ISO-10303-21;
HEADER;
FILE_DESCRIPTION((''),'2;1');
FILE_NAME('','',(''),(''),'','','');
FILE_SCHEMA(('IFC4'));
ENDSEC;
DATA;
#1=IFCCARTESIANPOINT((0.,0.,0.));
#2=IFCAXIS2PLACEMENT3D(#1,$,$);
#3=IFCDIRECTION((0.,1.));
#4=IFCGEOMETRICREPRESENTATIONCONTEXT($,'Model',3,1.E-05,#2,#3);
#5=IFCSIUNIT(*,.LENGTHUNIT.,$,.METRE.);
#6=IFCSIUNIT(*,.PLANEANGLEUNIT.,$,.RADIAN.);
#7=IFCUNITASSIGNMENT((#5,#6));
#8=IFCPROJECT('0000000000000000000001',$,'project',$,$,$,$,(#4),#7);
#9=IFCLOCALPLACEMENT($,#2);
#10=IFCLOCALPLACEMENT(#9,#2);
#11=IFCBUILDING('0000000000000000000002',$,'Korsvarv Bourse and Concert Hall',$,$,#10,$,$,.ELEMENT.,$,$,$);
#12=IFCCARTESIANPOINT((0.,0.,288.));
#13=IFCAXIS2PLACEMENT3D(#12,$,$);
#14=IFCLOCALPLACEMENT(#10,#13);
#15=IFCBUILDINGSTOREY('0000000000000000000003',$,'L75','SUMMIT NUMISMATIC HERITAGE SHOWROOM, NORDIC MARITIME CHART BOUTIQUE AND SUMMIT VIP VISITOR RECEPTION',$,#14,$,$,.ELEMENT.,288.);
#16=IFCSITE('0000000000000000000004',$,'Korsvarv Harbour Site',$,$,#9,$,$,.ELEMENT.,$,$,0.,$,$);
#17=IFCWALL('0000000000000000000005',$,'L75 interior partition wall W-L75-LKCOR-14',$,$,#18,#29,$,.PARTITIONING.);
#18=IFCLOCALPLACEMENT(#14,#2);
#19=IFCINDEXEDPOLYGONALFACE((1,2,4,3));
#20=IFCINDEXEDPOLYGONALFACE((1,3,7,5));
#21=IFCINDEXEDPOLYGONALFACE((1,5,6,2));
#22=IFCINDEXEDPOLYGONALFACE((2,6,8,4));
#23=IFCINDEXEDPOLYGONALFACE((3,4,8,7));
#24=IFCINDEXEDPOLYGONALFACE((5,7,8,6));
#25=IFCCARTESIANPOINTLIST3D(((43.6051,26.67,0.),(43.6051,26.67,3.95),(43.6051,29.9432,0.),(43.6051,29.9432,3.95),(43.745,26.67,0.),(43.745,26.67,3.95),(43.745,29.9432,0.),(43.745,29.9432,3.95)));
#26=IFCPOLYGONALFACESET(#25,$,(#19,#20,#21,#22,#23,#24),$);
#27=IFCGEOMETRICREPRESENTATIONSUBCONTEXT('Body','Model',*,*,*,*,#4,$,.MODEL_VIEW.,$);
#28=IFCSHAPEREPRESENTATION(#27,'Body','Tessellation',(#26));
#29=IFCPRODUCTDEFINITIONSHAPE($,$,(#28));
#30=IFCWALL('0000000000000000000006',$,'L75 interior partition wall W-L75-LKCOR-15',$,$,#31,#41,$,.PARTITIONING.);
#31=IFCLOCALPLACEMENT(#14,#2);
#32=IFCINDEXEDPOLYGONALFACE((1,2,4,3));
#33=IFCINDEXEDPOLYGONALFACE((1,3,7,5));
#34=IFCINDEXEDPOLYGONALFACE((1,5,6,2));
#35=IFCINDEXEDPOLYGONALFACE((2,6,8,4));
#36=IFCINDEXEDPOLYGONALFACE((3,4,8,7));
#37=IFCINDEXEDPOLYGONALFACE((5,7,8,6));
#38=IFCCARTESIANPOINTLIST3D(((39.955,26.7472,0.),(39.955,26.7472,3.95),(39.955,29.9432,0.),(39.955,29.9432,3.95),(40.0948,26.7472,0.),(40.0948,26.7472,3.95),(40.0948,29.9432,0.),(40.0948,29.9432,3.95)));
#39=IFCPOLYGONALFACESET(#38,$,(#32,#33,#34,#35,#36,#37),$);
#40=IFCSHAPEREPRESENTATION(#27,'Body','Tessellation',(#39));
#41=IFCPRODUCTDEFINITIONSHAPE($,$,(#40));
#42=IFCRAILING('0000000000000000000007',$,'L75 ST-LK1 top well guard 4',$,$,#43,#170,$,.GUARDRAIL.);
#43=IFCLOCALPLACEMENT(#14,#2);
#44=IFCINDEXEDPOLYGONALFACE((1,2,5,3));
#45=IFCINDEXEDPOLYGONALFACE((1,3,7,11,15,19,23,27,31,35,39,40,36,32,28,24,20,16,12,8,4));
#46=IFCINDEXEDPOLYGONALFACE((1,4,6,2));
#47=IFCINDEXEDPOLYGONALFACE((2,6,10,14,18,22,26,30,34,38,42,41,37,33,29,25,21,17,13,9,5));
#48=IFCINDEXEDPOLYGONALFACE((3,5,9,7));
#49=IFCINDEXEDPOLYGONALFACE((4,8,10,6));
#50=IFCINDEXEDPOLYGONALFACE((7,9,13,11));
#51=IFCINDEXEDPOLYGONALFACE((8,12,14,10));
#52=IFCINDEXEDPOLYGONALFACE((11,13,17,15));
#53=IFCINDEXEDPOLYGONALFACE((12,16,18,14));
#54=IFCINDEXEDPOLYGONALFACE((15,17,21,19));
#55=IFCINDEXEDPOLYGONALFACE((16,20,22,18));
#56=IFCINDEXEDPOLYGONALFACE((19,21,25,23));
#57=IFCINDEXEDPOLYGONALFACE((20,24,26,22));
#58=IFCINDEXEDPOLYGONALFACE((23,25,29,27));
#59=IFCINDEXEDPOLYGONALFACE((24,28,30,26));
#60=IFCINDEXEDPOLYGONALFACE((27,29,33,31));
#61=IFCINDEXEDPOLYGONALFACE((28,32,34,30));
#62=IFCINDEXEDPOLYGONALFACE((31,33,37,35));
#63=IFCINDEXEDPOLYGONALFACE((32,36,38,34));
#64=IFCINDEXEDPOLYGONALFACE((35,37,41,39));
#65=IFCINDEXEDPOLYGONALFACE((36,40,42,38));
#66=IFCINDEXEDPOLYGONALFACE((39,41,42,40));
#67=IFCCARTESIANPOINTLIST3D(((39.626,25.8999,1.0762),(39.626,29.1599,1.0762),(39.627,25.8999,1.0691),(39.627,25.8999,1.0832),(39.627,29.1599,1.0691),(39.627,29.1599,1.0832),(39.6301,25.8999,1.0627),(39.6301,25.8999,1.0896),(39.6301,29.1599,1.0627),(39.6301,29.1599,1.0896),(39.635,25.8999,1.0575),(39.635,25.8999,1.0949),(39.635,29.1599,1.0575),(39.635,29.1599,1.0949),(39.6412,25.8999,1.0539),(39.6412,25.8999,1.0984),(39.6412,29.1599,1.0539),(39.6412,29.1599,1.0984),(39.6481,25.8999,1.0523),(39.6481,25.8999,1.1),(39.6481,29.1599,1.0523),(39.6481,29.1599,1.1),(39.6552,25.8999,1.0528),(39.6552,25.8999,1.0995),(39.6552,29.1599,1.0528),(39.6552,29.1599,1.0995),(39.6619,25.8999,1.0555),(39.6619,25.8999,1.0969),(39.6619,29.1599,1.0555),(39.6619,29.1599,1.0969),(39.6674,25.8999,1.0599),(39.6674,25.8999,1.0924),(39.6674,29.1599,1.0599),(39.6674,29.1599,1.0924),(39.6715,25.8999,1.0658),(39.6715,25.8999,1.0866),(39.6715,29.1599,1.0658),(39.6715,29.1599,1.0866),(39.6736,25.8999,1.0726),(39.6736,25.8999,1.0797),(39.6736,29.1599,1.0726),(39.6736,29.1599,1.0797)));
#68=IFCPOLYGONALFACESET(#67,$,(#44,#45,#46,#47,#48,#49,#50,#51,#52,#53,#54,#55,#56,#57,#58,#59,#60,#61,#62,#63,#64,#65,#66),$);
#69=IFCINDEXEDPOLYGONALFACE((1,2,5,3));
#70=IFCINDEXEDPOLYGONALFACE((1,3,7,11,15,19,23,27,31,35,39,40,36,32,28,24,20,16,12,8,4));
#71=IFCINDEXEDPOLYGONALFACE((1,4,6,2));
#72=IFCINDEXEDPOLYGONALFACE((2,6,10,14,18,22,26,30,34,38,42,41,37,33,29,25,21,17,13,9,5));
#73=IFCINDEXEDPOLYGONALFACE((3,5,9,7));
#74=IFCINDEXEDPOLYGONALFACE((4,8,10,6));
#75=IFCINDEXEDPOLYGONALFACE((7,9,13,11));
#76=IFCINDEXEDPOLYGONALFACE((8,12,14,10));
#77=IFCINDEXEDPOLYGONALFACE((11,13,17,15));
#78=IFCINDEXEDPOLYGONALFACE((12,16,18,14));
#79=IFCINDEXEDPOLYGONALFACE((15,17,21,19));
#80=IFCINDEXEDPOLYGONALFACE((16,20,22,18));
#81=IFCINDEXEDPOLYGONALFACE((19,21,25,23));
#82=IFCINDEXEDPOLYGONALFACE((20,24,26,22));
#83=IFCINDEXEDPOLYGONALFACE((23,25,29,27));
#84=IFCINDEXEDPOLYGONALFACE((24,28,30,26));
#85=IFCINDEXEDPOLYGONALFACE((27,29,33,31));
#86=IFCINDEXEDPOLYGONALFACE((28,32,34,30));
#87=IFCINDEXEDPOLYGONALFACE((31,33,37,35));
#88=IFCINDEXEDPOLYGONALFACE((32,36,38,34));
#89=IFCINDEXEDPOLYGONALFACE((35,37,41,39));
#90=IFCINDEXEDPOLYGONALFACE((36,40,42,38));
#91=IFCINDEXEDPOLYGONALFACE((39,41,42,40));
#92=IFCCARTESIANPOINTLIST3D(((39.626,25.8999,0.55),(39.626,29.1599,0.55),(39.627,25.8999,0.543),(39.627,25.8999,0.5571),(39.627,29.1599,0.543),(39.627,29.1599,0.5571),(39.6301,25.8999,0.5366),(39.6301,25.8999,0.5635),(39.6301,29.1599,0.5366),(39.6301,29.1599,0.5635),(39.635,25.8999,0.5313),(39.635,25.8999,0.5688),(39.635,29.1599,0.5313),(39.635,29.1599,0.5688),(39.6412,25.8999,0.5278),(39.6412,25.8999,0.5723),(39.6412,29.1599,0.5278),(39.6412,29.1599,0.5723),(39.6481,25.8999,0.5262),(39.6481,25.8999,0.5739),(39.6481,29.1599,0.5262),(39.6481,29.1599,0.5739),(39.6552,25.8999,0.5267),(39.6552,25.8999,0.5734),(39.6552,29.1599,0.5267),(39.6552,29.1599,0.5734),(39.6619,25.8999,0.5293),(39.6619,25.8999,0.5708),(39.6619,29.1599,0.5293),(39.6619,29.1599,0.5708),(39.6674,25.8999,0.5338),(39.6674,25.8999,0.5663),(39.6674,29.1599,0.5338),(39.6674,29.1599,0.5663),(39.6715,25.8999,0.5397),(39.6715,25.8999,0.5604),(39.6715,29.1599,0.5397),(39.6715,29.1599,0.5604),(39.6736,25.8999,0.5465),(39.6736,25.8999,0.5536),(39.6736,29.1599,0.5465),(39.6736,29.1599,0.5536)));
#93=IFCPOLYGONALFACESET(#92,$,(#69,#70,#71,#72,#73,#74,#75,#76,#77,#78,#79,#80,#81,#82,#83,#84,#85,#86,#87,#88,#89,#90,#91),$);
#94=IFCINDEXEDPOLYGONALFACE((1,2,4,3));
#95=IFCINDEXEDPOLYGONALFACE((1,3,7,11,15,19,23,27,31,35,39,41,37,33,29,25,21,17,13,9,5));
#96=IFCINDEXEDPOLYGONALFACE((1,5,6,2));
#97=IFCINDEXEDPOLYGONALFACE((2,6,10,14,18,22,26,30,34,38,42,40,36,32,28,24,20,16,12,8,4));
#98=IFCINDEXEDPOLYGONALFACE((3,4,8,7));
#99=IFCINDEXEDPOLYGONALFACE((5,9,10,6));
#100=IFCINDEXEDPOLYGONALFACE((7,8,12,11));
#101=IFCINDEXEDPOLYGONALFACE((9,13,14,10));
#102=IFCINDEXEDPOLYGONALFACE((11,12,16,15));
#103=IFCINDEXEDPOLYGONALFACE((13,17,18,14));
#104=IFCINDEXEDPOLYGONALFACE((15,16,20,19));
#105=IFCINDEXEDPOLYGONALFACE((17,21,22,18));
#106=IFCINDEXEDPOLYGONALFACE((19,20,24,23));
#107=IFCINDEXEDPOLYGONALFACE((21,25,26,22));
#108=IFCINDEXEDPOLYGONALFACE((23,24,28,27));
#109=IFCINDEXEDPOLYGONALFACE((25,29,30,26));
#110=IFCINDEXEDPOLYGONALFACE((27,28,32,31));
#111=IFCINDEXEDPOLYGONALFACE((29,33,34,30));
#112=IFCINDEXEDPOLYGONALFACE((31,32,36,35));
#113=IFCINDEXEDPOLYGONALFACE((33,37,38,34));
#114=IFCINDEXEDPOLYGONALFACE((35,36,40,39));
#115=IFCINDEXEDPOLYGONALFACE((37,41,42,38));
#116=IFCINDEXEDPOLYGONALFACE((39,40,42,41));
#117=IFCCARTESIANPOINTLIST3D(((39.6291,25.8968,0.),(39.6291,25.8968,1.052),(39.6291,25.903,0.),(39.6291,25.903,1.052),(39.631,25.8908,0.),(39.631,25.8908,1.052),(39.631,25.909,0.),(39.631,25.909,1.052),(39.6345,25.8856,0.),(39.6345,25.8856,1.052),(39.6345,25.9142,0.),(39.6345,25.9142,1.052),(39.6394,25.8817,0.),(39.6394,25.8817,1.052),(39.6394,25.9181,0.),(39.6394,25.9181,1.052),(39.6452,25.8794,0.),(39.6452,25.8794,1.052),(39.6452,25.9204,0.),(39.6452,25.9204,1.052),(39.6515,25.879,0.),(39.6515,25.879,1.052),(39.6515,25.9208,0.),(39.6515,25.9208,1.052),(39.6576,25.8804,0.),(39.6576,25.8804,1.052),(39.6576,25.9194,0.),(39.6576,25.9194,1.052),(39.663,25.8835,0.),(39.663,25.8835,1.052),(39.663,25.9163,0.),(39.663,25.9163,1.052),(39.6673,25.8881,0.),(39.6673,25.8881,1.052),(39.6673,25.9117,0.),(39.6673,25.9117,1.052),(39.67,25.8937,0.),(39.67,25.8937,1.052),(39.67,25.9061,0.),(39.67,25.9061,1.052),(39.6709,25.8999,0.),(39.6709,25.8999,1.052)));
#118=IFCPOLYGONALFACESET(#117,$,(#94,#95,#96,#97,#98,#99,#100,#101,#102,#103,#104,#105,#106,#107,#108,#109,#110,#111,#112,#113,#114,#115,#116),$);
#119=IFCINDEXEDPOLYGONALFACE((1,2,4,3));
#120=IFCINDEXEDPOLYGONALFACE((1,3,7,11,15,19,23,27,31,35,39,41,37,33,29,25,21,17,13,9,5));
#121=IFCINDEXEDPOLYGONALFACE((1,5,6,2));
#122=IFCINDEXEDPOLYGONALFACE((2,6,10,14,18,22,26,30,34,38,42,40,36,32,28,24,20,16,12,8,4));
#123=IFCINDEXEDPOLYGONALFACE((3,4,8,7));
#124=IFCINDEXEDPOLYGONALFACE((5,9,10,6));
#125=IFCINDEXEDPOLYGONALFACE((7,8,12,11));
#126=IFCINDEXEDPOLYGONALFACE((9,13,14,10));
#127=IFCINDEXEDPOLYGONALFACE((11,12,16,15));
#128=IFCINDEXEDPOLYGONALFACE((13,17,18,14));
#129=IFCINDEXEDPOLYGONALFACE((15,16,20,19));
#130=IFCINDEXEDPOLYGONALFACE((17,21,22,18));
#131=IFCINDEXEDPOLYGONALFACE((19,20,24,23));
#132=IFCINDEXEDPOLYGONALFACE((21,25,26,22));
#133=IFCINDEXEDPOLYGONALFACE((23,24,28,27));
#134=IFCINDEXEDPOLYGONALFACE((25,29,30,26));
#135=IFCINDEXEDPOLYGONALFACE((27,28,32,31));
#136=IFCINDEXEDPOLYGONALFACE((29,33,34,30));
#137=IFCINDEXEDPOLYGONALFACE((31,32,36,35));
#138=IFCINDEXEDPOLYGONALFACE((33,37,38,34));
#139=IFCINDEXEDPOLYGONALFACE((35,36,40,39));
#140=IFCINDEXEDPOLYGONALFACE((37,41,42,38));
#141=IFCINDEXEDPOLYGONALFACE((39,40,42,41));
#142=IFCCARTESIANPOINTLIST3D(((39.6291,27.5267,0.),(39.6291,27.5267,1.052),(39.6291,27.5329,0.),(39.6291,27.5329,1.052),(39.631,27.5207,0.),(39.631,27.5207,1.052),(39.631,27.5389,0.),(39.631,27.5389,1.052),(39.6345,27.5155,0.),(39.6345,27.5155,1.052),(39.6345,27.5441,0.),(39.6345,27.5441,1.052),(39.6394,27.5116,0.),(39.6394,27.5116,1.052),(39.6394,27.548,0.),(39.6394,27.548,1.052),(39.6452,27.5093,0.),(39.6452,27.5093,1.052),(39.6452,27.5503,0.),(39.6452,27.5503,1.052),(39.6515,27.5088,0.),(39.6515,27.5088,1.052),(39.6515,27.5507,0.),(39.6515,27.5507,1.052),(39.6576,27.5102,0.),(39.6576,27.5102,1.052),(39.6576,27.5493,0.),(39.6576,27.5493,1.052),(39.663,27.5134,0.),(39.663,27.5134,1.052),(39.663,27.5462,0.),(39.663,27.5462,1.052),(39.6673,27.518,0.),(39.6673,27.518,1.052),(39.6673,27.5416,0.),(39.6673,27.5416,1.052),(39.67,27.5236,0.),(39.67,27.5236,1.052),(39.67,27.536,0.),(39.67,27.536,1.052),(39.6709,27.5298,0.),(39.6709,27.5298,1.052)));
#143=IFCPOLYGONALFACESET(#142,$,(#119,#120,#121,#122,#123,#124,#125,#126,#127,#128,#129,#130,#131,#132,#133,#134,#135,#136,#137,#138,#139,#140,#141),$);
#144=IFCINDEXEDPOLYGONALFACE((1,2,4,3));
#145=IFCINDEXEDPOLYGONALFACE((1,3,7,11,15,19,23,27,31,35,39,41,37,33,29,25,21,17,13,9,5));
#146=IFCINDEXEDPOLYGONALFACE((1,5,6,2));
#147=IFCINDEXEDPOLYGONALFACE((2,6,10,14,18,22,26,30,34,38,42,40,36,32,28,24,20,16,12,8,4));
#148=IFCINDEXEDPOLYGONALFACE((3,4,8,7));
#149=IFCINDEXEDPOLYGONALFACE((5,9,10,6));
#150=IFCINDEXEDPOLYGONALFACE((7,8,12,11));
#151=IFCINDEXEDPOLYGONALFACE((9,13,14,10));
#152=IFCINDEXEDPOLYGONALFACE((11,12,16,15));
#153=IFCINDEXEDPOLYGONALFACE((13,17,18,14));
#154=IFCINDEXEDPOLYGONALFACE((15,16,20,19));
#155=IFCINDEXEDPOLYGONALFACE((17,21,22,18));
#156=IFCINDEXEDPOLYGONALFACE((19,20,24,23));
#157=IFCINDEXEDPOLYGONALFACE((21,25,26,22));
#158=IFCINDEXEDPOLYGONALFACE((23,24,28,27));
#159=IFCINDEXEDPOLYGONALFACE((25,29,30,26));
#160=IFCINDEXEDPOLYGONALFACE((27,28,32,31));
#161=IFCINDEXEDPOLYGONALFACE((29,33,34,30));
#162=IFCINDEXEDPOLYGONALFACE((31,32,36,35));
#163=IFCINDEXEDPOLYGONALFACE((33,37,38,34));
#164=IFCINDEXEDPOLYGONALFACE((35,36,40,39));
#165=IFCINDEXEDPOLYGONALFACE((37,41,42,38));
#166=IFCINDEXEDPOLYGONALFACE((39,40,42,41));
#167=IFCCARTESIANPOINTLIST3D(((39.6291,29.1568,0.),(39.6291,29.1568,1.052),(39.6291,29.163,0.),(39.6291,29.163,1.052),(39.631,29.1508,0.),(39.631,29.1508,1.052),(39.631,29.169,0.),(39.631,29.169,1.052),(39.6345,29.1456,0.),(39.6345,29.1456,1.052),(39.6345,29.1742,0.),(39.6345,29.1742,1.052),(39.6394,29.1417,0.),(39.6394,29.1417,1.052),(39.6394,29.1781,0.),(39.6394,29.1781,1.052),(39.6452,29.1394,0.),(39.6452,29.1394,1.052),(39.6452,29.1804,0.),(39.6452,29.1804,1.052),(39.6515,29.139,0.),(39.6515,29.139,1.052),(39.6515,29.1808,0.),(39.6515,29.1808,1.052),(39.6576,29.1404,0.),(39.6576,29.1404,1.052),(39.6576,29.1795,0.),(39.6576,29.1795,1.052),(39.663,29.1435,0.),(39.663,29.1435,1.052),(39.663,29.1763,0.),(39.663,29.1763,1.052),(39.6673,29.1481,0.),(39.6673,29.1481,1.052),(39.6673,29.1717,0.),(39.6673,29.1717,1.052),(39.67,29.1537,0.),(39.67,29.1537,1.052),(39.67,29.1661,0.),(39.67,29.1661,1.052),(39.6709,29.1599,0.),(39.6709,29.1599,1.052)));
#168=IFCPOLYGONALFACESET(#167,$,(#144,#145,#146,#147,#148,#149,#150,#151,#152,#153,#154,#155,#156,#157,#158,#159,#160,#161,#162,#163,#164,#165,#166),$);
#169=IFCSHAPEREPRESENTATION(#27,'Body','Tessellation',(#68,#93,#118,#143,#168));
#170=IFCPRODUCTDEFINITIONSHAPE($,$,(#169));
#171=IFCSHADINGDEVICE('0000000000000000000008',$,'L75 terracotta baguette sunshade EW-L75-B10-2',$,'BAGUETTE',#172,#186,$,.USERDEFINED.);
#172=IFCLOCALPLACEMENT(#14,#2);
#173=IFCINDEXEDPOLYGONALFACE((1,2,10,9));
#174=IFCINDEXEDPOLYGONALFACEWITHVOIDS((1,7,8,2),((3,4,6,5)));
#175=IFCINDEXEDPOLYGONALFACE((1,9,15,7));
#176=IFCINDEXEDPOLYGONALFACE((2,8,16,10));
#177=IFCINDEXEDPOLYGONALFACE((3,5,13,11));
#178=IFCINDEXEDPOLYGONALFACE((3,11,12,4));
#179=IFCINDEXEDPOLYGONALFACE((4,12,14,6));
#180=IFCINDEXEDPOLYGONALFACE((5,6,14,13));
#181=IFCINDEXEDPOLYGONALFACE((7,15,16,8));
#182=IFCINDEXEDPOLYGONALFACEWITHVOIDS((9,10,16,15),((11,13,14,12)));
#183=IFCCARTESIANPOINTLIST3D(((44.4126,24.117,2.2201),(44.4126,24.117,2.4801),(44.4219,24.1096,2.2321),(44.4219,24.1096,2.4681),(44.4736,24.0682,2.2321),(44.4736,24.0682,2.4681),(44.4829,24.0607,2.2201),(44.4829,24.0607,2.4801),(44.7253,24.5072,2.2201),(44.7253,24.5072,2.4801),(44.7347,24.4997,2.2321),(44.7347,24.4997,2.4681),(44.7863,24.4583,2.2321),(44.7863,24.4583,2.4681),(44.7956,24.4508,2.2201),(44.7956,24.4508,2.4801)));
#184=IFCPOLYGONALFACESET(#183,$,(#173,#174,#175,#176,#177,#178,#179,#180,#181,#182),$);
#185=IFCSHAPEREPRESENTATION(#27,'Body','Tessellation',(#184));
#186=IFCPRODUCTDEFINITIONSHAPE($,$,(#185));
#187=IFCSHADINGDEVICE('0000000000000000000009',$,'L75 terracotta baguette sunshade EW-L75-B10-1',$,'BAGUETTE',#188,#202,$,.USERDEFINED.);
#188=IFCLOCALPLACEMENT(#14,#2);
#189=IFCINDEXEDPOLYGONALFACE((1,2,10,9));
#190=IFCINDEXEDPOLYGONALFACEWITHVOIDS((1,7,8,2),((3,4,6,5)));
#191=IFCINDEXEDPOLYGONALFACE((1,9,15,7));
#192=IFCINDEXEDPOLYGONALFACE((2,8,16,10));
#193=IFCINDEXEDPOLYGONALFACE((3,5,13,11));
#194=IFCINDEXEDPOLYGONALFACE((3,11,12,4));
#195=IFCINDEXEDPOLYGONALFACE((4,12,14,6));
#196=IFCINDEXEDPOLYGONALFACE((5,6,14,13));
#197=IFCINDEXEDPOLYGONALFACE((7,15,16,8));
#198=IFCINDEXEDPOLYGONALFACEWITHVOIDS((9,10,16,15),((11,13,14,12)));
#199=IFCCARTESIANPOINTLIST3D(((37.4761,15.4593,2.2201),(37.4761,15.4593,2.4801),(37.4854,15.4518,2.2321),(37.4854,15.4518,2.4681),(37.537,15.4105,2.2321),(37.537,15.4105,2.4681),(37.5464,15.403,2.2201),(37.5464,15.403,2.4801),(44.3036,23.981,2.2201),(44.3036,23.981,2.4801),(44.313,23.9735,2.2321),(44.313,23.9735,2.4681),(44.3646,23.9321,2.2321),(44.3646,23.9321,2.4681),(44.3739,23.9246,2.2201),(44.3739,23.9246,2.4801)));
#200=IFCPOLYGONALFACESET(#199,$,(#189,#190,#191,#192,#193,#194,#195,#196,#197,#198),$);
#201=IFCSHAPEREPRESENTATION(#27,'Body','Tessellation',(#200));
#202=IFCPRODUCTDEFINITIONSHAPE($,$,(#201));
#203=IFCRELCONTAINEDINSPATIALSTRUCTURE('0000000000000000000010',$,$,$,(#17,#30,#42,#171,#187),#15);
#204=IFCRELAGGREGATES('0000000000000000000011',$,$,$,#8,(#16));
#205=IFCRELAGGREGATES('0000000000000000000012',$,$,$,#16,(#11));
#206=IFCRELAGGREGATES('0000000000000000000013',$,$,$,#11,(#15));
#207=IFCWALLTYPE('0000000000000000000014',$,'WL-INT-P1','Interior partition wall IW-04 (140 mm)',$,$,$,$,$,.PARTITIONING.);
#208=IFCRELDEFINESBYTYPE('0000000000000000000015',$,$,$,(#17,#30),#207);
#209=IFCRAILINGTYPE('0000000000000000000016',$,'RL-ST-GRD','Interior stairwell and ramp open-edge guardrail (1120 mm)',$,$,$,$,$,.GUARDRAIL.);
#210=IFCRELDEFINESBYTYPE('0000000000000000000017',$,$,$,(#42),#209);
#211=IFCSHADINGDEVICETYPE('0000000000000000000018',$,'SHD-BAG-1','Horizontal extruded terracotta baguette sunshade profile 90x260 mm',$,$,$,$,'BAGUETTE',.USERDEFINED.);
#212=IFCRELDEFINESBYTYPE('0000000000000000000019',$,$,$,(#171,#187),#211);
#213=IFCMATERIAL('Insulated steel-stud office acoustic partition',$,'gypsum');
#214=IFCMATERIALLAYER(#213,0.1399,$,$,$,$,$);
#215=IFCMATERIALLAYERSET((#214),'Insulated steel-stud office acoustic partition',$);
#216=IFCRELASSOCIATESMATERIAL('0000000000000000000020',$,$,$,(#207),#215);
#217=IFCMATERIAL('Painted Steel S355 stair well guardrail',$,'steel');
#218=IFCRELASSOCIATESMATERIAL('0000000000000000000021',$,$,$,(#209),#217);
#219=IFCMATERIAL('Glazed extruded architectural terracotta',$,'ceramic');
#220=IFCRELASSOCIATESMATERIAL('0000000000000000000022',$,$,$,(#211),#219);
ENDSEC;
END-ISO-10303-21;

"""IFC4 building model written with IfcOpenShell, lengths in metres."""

from ifc_helpers import new_model, si_unit, direction, frame, frame_2d, origin, origin_2d, place, context, subcontext, project, spatial, rectangle, hollow_rectangle, circle, extrude, source, transform, mapped, material, layer, layer_set, material_profile, profile_set, type_object, element, save


model = new_model("IFC4")

# Units and contexts
model_context = context("Model", 3, precision=1e-05, world=origin(), true_north=direction((0.0, 1.0)))
body_context = subcontext(model_context, "Body", "Model", "MODEL_VIEW")
ifc_project = project(units=[si_unit("LENGTHUNIT", "METRE"), si_unit("PLANEANGLEUNIT", "RADIAN")], contexts=[model_context])

# Site, building, storey
site_placement = place(None, origin())
site = spatial("IfcSite", under=ifc_project, at=site_placement, Name="Korsvarv Harbour Site", CompositionType="ELEMENT", RefElevation=0.0)
building_placement = place(site_placement, origin())
building = spatial("IfcBuilding", under=site, at=building_placement, Name="Korsvarv Bourse and Concert Hall", CompositionType="ELEMENT")
storey_placement = place(building_placement, frame((0.0, 0.0, 288.0)))
storey = spatial("IfcBuildingStorey", under=building, at=storey_placement, Name="L75", Description="SUMMIT NUMISMATIC HERITAGE SHOWROOM, NORDIC MARITIME CHART BOUTIQUE AND SUMMIT VIP VISITOR RECEPTION", CompositionType="ELEMENT", Elevation=288.0)

# Walls
ifc_material_1 = material(Name="Insulated steel-stud office acoustic partition", Category="gypsum")
ifc_layer_1 = layer(ifc_material_1, 0.1399)
ifc_layer_set_1 = layer_set([ifc_layer_1], Name="Insulated steel-stud office acoustic partition")
wall_type_1 = type_object("IfcWallType", Name="WL-INT-P1", Description="Interior partition wall IW-04 (140 mm)", PredefinedType="PARTITIONING", material=ifc_layer_set_1)
wall_1_placement = place(storey_placement, frame((43.675, 26.6699, 0.0), z_axis=(0.0, 0.0, 1.0), x_axis=(0.0, 1.0, 0.0)))
element("IfcWall", 1, at=wall_1_placement, inside=storey, type_object=wall_type_1, Name="L75 interior partition wall W-L75-LKCOR-14", PredefinedType="PARTITIONING", context=body_context, shape_type="SweptSolid", body=[
    extrude(rectangle(XDim=3.2732, YDim=0.1399, at=frame_2d((1.6367, 0.0))), origin(), (0.0, 0.0, 1.0), 3.95),
])
wall_2_placement = place(storey_placement, frame((40.0249, 26.7471, 0.0), z_axis=(0.0, 0.0, 1.0), x_axis=(0.0, 1.0, 0.0)))
element("IfcWall", 2, at=wall_2_placement, inside=storey, type_object=wall_type_1, Name="L75 interior partition wall W-L75-LKCOR-15", PredefinedType="PARTITIONING", context=body_context, shape_type="SweptSolid", body=[
    extrude(rectangle(XDim=3.196, YDim=0.1399, at=frame_2d((1.5981, 0.0))), origin(), (0.0, 0.0, 1.0), 3.95),
])

# Railing
ifc_material_2 = material(Name="Painted Steel S355 stair well guardrail", Category="steel")
railing_type_1 = type_object("IfcRailingType", Name="RL-ST-GRD", Description="Interior stairwell and ramp open-edge guardrail (1120 mm)", PredefinedType="GUARDRAIL", material=ifc_material_2)
railing_1_placement = place(storey_placement, frame((39.6499, 25.8999, 0.0)))
element("IfcRailing", 3, at=railing_1_placement, inside=storey, type_object=railing_type_1, Name="L75 ST-LK1 top well guard 4", PredefinedType="GUARDRAIL", context=body_context, shape_type="SweptSolid", body=[
    extrude(circle(Radius=0.0239, at=origin_2d()), frame((0.0, 0.0, 1.0762), z_axis=(0.0, 1.0, 0.0), x_axis=(-1.0, 0.0, 0.0)), (0.0, 0.0, 1.0), 3.26),
    extrude(circle(Radius=0.0239, at=origin_2d()), frame((0.0, 0.0, 0.55), z_axis=(0.0, 1.0, 0.0), x_axis=(-1.0, 0.0, 0.0)), (0.0, 0.0, 1.0), 3.26),
    extrude(circle(Radius=0.021, at=origin_2d()), origin(), (0.0, 0.0, 1.0), 1.052),
    extrude(circle(Radius=0.021, at=origin_2d()), frame((0.0, 1.6299, 0.0)), (0.0, 0.0, 1.0), 1.052),
    extrude(circle(Radius=0.021, at=origin_2d()), frame((0.0, 3.26, 0.0)), (0.0, 0.0, 1.0), 1.052),
])

# Shading devices
ifc_material_3 = material(Name="Glazed extruded architectural terracotta", Category="ceramic")
ifc_material_profile_1 = material_profile(ifc_material_3, hollow_rectangle(XDim=0.0901, YDim=0.26, WallThickness=0.012, at=origin_2d()), Name="TC-BAG 90x260")
ifc_profile_set_1 = profile_set([ifc_material_profile_1], Name="Glazed extruded architectural terracotta")
shading_device_type = type_object("IfcShadingDeviceType", Name="SHD-BAG-1", Description="Horizontal extruded terracotta baguette sunshade profile 90x260 mm", ElementType="BAGUETTE", PredefinedType="USERDEFINED", material=ifc_profile_set_1)
shared_shape_1 = source(origin(), body_context, "Body", "SweptSolid", [
    extrude(hollow_rectangle(XDim=0.0901, YDim=0.26, WallThickness=0.012, at=origin_2d()), origin(), (0.0, 0.0, 1.0), 0.5),
])
shading_device_1_placement = place(storey_placement, frame((44.4478, 24.0889, 2.3501), z_axis=(0.625469, 0.780249, 0.0), x_axis=(-0.780249, 0.625469, 0.0)))
element("IfcShadingDevice", 4, at=shading_device_1_placement, inside=storey, type_object=shading_device_type, Name="L75 terracotta baguette sunshade EW-L75-B10-2", ObjectType="BAGUETTE", PredefinedType="USERDEFINED", context=body_context, shape_type="MappedRepresentation", body=[
    mapped(shared_shape_1, transform((0.0, 0.0, 0.0), scale=1.0)),
])
shared_shape_2 = source(origin(), body_context, "Body", "SweptSolid", [
    extrude(hollow_rectangle(XDim=0.0901, YDim=0.26, WallThickness=0.012, at=origin_2d()), origin(), (0.0, 0.0, 1.0), 10.9194),
])
shading_device_2_placement = place(storey_placement, frame((37.5112, 15.4312, 2.3501), z_axis=(0.625267, 0.780411, 0.0), x_axis=(-0.780411, 0.625267, 0.0)))
element("IfcShadingDevice", 5, at=shading_device_2_placement, inside=storey, type_object=shading_device_type, Name="L75 terracotta baguette sunshade EW-L75-B10-1", ObjectType="BAGUETTE", PredefinedType="USERDEFINED", context=body_context, shape_type="MappedRepresentation", body=[
    mapped(shared_shape_2, transform((0.0, 0.0, 0.0), scale=1.0)),
])

save(model, "model.ifc")
